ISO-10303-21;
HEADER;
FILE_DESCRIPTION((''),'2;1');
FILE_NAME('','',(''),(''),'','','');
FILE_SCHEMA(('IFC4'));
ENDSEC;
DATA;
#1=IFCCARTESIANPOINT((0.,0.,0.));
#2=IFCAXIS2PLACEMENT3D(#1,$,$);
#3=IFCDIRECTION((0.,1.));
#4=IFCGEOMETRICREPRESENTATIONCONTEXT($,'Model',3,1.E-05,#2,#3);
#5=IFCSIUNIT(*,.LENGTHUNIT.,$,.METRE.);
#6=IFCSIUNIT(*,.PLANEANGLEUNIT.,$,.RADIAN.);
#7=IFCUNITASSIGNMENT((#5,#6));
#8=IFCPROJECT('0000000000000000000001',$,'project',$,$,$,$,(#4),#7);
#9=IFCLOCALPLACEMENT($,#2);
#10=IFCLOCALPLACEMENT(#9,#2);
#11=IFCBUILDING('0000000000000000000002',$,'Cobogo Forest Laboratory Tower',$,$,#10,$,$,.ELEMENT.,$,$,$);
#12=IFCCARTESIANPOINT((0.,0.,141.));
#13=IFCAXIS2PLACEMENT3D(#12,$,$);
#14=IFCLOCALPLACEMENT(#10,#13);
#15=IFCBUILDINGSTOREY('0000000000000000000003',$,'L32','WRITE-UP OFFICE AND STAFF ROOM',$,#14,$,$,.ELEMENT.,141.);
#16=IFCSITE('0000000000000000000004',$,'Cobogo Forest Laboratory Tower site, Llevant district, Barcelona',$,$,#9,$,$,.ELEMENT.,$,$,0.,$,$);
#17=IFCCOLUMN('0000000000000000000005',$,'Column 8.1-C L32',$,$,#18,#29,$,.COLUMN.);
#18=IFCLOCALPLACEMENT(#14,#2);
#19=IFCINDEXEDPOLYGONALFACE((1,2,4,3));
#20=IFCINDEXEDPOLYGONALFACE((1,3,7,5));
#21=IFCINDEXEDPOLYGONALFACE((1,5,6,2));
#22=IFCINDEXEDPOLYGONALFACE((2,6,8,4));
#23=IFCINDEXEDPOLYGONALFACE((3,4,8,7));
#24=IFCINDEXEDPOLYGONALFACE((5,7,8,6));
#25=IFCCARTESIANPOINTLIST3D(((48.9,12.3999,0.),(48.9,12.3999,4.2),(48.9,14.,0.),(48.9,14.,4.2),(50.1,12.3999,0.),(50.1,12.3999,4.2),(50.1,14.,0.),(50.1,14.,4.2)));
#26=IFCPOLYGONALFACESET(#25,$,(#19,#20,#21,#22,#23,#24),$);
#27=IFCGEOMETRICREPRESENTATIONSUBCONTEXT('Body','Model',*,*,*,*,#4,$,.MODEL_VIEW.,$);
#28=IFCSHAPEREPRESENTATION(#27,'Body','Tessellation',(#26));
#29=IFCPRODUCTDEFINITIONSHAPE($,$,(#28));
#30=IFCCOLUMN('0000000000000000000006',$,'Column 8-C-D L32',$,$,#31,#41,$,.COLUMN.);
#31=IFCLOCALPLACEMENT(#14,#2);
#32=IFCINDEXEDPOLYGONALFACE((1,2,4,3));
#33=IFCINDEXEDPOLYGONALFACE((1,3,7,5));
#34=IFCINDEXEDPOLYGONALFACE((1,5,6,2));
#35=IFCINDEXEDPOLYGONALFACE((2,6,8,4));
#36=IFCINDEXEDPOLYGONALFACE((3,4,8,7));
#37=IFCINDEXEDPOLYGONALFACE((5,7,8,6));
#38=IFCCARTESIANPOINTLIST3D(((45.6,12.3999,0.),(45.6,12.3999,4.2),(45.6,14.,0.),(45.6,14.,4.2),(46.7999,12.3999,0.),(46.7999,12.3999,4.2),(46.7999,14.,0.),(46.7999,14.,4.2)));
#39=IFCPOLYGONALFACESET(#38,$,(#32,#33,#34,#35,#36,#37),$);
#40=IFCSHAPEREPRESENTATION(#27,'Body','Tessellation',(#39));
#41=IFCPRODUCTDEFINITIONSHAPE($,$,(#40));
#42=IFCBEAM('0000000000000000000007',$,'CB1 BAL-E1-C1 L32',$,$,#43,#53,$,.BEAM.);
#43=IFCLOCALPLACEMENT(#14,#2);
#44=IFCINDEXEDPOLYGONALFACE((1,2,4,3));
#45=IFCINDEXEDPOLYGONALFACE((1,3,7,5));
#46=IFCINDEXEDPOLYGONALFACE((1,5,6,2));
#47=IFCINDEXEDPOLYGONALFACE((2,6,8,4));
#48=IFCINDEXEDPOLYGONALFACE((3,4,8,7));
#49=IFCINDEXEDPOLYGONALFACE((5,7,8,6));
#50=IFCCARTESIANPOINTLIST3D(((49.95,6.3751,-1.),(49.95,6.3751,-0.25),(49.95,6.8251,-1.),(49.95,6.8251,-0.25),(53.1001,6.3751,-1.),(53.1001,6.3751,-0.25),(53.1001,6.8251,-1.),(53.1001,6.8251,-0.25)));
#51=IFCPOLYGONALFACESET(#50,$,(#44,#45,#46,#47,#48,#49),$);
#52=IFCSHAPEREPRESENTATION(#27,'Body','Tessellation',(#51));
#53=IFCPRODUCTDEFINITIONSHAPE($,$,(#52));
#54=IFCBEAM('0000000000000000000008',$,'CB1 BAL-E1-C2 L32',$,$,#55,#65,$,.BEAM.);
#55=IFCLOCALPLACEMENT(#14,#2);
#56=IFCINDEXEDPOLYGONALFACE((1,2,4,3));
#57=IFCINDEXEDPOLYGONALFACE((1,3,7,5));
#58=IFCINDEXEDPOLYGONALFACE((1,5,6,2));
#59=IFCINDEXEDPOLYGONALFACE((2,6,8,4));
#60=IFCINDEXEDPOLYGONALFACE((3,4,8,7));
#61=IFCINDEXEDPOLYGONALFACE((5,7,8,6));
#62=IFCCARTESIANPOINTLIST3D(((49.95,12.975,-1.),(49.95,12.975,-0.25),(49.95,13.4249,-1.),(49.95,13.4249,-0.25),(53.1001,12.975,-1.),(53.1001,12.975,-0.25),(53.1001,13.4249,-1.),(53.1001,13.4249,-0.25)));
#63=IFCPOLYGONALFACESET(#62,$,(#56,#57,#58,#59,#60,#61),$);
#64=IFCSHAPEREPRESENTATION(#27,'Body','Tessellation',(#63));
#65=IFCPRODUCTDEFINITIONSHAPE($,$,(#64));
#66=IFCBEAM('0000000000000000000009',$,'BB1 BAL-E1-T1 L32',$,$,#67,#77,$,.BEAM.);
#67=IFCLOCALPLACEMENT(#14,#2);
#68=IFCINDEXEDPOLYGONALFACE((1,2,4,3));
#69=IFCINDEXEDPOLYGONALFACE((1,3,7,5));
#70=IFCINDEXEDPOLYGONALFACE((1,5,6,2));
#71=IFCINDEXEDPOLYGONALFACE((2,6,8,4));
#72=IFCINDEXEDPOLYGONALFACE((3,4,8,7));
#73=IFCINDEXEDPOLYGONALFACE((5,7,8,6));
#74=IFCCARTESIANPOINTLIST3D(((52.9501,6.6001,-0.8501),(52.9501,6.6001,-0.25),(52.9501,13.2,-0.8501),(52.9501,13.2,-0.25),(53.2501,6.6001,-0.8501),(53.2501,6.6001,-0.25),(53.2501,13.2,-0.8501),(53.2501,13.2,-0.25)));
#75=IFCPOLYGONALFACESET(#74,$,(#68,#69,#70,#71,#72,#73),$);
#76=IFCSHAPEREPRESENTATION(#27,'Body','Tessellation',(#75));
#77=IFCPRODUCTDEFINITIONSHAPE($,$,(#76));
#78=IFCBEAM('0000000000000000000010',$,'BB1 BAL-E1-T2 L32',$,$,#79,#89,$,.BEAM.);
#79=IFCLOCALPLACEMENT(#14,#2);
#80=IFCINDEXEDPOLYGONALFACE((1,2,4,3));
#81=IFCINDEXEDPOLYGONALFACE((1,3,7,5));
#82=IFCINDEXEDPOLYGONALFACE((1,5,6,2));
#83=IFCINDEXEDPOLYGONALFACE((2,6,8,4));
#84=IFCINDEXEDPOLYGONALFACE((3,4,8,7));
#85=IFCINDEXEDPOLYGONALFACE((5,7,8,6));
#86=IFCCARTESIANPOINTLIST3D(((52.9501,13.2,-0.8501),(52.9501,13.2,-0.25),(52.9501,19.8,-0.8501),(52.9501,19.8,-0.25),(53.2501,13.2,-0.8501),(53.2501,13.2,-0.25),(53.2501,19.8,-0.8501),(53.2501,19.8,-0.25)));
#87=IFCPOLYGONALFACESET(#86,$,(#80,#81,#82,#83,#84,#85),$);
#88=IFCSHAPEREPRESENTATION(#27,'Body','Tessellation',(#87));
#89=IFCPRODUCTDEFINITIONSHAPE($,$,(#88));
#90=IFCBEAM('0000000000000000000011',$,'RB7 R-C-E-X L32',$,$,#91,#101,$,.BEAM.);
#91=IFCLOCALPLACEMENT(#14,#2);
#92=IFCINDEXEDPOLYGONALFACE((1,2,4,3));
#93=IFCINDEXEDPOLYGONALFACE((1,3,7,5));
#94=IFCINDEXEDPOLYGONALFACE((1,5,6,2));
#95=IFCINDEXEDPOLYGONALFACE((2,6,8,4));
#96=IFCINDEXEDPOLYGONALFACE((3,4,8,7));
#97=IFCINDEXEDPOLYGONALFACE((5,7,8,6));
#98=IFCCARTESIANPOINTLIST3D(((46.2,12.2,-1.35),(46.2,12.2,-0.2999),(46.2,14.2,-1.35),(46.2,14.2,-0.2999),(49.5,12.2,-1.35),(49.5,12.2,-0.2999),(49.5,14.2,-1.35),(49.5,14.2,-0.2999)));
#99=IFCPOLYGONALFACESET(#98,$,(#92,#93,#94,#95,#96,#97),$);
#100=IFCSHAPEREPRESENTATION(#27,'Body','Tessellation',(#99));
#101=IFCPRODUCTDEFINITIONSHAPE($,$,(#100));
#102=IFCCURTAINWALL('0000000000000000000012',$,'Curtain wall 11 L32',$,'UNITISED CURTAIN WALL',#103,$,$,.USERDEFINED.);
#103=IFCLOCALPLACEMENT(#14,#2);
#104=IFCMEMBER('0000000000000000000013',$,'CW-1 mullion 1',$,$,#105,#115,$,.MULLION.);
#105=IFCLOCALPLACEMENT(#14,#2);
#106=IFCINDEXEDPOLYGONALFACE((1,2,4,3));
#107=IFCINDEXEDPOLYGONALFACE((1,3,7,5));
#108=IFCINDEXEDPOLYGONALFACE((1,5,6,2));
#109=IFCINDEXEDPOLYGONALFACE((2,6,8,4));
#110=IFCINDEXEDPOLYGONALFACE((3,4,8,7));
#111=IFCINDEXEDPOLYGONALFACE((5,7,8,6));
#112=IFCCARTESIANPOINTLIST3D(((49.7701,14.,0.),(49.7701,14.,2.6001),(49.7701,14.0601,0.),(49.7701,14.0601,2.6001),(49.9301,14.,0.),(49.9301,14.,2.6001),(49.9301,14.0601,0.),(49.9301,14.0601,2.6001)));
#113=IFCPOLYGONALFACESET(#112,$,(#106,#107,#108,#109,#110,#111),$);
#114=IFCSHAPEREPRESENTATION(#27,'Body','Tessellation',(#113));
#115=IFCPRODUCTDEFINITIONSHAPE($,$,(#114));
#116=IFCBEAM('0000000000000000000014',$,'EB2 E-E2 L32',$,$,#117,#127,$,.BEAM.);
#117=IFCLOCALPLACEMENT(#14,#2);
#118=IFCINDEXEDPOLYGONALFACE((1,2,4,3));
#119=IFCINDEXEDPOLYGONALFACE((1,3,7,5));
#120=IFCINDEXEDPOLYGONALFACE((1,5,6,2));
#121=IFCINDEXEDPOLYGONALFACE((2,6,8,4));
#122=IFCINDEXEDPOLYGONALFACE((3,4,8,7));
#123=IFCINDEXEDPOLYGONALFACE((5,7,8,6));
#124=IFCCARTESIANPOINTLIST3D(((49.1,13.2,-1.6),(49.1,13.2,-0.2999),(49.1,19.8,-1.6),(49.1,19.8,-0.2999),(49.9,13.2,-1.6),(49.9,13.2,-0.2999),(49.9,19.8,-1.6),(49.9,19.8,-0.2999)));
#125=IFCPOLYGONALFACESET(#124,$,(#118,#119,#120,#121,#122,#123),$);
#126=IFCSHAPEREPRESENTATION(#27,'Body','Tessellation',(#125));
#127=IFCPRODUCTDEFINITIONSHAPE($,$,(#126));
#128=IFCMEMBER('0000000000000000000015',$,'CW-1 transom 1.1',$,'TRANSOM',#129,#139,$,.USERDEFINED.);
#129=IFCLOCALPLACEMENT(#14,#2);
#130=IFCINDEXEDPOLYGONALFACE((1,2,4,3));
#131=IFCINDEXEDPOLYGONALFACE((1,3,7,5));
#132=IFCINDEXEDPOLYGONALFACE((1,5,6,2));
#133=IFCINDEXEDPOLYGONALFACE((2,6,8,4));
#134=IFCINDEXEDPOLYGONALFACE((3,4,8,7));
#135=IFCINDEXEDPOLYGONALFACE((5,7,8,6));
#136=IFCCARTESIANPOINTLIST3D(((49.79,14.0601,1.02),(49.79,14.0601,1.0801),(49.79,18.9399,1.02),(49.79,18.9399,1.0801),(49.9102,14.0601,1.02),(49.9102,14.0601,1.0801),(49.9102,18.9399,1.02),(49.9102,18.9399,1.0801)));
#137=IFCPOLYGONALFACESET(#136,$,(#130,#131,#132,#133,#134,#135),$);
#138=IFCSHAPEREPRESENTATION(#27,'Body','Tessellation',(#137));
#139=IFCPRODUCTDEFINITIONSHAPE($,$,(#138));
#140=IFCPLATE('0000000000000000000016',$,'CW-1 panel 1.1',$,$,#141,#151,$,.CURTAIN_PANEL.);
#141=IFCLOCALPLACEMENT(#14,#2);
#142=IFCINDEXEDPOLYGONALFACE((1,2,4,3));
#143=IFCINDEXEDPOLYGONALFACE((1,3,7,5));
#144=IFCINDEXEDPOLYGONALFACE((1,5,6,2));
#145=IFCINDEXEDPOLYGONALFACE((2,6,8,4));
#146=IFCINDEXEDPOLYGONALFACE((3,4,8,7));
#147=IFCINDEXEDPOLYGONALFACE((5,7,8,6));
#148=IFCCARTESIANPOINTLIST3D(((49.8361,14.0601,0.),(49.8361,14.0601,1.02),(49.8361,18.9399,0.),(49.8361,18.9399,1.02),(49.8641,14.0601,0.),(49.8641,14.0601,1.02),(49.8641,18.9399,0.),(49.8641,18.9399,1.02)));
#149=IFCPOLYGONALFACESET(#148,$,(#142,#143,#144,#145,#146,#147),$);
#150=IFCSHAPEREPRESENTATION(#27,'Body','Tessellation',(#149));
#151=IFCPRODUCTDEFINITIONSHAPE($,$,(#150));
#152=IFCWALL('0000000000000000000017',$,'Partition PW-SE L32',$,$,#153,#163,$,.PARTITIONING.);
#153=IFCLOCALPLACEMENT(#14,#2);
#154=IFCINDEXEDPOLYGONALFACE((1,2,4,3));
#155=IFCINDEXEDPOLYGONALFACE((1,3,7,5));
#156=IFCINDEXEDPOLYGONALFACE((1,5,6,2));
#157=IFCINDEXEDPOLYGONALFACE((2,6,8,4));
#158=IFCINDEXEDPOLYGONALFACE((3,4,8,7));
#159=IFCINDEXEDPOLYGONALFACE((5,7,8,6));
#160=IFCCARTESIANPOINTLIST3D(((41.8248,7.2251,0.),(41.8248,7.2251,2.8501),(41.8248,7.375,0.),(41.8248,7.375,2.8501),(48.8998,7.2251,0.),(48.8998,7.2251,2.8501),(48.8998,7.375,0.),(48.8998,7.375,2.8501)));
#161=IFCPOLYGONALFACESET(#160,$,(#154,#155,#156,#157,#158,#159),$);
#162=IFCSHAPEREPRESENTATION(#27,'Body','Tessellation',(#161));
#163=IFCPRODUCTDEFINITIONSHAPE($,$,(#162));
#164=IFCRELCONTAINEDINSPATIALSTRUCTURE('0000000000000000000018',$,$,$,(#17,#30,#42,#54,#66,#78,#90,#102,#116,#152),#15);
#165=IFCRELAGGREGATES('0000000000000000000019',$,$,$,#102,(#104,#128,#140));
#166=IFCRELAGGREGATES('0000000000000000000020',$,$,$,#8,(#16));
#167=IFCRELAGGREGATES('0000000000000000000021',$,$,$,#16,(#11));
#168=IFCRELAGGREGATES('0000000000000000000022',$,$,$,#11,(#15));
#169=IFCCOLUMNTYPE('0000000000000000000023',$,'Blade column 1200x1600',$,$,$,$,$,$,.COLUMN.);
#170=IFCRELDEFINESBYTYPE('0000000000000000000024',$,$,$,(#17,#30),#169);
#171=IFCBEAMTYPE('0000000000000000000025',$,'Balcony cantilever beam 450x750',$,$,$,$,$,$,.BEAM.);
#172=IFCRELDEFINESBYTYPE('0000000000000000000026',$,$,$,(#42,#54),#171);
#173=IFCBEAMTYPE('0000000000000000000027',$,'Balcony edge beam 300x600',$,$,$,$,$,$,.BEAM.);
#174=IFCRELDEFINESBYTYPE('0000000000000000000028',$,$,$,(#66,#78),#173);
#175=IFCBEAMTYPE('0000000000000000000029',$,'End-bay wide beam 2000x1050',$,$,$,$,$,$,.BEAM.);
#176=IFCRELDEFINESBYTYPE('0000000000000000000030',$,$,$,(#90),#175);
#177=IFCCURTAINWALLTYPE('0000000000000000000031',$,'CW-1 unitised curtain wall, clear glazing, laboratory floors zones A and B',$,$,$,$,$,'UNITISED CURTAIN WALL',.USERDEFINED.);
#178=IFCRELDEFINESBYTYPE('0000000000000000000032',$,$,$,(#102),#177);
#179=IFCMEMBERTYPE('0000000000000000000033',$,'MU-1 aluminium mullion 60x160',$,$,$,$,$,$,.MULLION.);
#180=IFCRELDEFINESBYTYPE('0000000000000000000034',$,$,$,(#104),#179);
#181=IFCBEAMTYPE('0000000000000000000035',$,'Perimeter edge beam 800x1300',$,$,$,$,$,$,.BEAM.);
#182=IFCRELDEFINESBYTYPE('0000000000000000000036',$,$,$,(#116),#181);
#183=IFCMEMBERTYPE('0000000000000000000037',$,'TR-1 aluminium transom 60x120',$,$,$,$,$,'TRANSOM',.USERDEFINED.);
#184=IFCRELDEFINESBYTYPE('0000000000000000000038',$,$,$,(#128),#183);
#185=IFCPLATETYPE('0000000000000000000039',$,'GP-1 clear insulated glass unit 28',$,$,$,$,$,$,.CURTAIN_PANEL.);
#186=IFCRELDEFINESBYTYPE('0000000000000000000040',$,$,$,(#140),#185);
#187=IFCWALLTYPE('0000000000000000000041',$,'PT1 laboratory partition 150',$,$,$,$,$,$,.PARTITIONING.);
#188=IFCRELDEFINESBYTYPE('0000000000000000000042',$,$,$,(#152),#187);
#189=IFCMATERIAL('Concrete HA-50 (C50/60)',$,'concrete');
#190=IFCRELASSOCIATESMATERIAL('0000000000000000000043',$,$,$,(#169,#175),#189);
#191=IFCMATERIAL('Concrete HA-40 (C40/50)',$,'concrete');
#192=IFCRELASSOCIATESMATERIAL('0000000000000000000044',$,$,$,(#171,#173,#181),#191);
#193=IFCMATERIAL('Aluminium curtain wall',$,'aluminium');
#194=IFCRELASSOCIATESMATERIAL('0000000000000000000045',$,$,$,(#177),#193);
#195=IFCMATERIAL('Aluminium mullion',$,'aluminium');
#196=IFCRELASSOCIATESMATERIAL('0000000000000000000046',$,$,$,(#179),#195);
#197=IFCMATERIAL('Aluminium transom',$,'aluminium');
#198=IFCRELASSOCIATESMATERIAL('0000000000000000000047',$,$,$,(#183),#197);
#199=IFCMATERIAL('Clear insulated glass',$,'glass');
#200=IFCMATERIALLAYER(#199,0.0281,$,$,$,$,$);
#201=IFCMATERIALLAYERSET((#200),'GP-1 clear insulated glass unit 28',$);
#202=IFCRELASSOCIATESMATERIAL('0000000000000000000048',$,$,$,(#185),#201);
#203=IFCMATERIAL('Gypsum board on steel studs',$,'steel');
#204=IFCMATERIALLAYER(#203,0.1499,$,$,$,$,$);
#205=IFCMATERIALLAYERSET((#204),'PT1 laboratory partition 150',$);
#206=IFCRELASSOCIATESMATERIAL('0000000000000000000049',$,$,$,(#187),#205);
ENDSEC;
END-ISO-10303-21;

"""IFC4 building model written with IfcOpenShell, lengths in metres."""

from ifc_helpers import new_model, si_unit, direction, frame, frame_2d, origin, origin_2d, place, context, subcontext, project, spatial, rectangle, extrude, material, layer, layer_set, material_profile, profile_set, type_object, element, aggregate, save


model = new_model("IFC4")

# Units and contexts
model_context = context("Model", 3, precision=1e-05, world=origin(), true_north=direction((0.0, 1.0)))
body_context = subcontext(model_context, "Body", "Model", "MODEL_VIEW")
ifc_project = project(units=[si_unit("LENGTHUNIT", "METRE"), si_unit("PLANEANGLEUNIT", "RADIAN")], contexts=[model_context])

# Site, building, storey
site_placement = place(None, origin())
site = spatial("IfcSite", under=ifc_project, at=site_placement, Name="Cobogo Forest Laboratory Tower site, Llevant district, Barcelona", CompositionType="ELEMENT", RefElevation=0.0)
building_placement = place(site_placement, origin())
building = spatial("IfcBuilding", under=site, at=building_placement, Name="Cobogo Forest Laboratory Tower", CompositionType="ELEMENT")
storey_placement = place(building_placement, frame((0.0, 0.0, 141.0)))
storey = spatial("IfcBuildingStorey", under=building, at=storey_placement, Name="L32", Description="WRITE-UP OFFICE AND STAFF ROOM", CompositionType="ELEMENT", Elevation=141.0)

# Columns
ifc_material_1 = material(Name="Concrete HA-50 (C50/60)", Category="concrete")
ifc_material_profile_1 = material_profile(ifc_material_1, rectangle(XDim=1.6001, YDim=1.2, at=origin_2d()), Name="RC 1200x1600")
ifc_profile_set_1 = profile_set([ifc_material_profile_1], Name="Concrete HA-50 (C50/60)")
column_type = type_object("IfcColumnType", Name="Blade column 1200x1600", PredefinedType="COLUMN", material=ifc_profile_set_1)
for number, where, z_axis, x_axis, name in (
    (1, (49.5, 13.2, 0.0), (0.0, 0.0, 1.0), (0.0, 1.0, 0.0), "Column 8.1-C L32"),
    (2, (46.2, 13.2, 0.0), (0.0, 0.0, 1.0), (0.0, 1.0, 0.0), "Column 8-C-D L32"),
):
    element("IfcColumn", number, at=place(storey_placement, frame(where, z_axis=z_axis, x_axis=x_axis)), inside=storey, type_object=column_type, Name=name, PredefinedType="COLUMN", context=body_context, shape_type="SweptSolid", body=[
        extrude(rectangle(XDim=1.6001, YDim=1.2, at=origin_2d()), origin(), (0.0, 0.0, 1.0), 4.2),
    ])

# Beams
ifc_material_2 = material(Name="Concrete HA-40 (C40/50)", Category="concrete")
ifc_material_profile_2 = material_profile(ifc_material_2, rectangle(XDim=0.45, YDim=0.75, at=origin_2d()), Name="RC 450x750")
ifc_profile_set_2 = profile_set([ifc_material_profile_2], Name="Concrete HA-40 (C40/50)")
beam_type_1 = type_object("IfcBeamType", Name="Balcony cantilever beam 450x750", PredefinedType="BEAM", material=ifc_profile_set_2)
for number, where, z_axis, x_axis, name in (
    (3, (49.95, 6.6001, -0.625), (1.0, 0.0, 0.0), (0.0, 1.0, 0.0), "CB1 BAL-E1-C1 L32"),
    (4, (49.95, 13.2, -0.625), (1.0, 0.0, 0.0), (0.0, 1.0, 0.0), "CB1 BAL-E1-C2 L32"),
):
    element("IfcBeam", number, at=place(storey_placement, frame(where, z_axis=z_axis, x_axis=x_axis)), inside=storey, type_object=beam_type_1, Name=name, PredefinedType="BEAM", context=body_context, shape_type="SweptSolid", body=[
        extrude(rectangle(XDim=0.45, YDim=0.75, at=origin_2d()), origin(), (0.0, 0.0, 1.0), 3.1501),
    ])
ifc_material_profile_3 = material_profile(ifc_material_2, rectangle(XDim=0.3, YDim=0.6001, at=origin_2d()), Name="RC 300x600")
ifc_profile_set_3 = profile_set([ifc_material_profile_3], Name="Concrete HA-40 (C40/50)")
beam_type_2 = type_object("IfcBeamType", Name="Balcony edge beam 300x600", PredefinedType="BEAM", material=ifc_profile_set_3)
beam_1_placement = place(storey_placement, frame((53.1001, 6.6001, -0.55), z_axis=(0.0, 1.0, 0.0), x_axis=(-1.0, 0.0, 0.0)))
element("IfcBeam", 5, at=beam_1_placement, inside=storey, type_object=beam_type_2, Name="BB1 BAL-E1-T1 L32", PredefinedType="BEAM", context=body_context, shape_type="SweptSolid", body=[
    extrude(rectangle(XDim=0.3, YDim=0.6001, at=origin_2d()), origin(), (0.0, 0.0, 1.0), 6.5999),
])
beam_2_placement = place(storey_placement, frame((53.1001, 13.2, -0.55), z_axis=(0.0, 1.0, 0.0), x_axis=(-1.0, 0.0, 0.0)))
element("IfcBeam", 6, at=beam_2_placement, inside=storey, type_object=beam_type_2, Name="BB1 BAL-E1-T2 L32", PredefinedType="BEAM", context=body_context, shape_type="SweptSolid", body=[
    extrude(rectangle(XDim=0.3, YDim=0.6001, at=origin_2d()), origin(), (0.0, 0.0, 1.0), 6.6001),
])
ifc_material_profile_4 = material_profile(ifc_material_1, rectangle(XDim=2.0, YDim=1.05, at=origin_2d()), Name="RC 2000x1050")
ifc_profile_set_4 = profile_set([ifc_material_profile_4], Name="Concrete HA-50 (C50/60)")
beam_type_3 = type_object("IfcBeamType", Name="End-bay wide beam 2000x1050", PredefinedType="BEAM", material=ifc_profile_set_4)
beam_3_placement = place(storey_placement, frame((49.5, 13.2, -0.825), z_axis=(-1.0, 0.0, 0.0), x_axis=(0.0, -1.0, 0.0)))
element("IfcBeam", 7, at=beam_3_placement, inside=storey, type_object=beam_type_3, Name="RB7 R-C-E-X L32", PredefinedType="BEAM", context=body_context, shape_type="SweptSolid", body=[
    extrude(rectangle(XDim=2.0, YDim=1.05, at=origin_2d()), origin(), (0.0, 0.0, 1.0), 3.3),
])

# Curtain wall, member
ifc_material_3 = material(Name="Aluminium curtain wall", Category="aluminium")
curtain_wall_type = type_object("IfcCurtainWallType", Name="CW-1 unitised curtain wall, clear glazing, laboratory floors zones A and B", ElementType="UNITISED CURTAIN WALL", PredefinedType="USERDEFINED", material=ifc_material_3)
curtain_wall_placement = place(storey_placement, origin())
curtain_wall = element("IfcCurtainWall", 8, at=curtain_wall_placement, inside=storey, type_object=curtain_wall_type, Name="Curtain wall 11 L32", ObjectType="UNITISED CURTAIN WALL", PredefinedType="USERDEFINED")
ifc_material_4 = material(Name="Aluminium mullion", Category="aluminium")
ifc_material_profile_5 = material_profile(ifc_material_4, rectangle(XDim=0.0601, YDim=0.1599, at=origin_2d()), Name="AL 60x160")
ifc_profile_set_5 = profile_set([ifc_material_profile_5], Name="Aluminium mullion")
member_type_1 = type_object("IfcMemberType", Name="MU-1 aluminium mullion 60x160", PredefinedType="MULLION", material=ifc_profile_set_5)
member_1_placement = place(storey_placement, frame((49.8501, 14.03, 0.0), z_axis=(0.0, 0.0, 1.0), x_axis=(0.0, 1.0, 0.0)))
member_1 = element("IfcMember", 9, at=member_1_placement, type_object=member_type_1, Name="CW-1 mullion 1", PredefinedType="MULLION", context=body_context, shape_type="SweptSolid", body=[
    extrude(rectangle(XDim=0.0601, YDim=0.1599, at=origin_2d()), origin(), (0.0, 0.0, 1.0), 2.6001),
])

# Beam
ifc_material_profile_6 = material_profile(ifc_material_2, rectangle(XDim=0.8, YDim=1.3, at=origin_2d()), Name="RC 800x1300")
ifc_profile_set_6 = profile_set([ifc_material_profile_6], Name="Concrete HA-40 (C40/50)")
beam_type_4 = type_object("IfcBeamType", Name="Perimeter edge beam 800x1300", PredefinedType="BEAM", material=ifc_profile_set_6)
beam_4_placement = place(storey_placement, frame((49.5, 13.2, -0.95), z_axis=(0.0, 1.0, 0.0), x_axis=(-1.0, 0.0, 0.0)))
element("IfcBeam", 10, at=beam_4_placement, inside=storey, type_object=beam_type_4, Name="EB2 E-E2 L32", PredefinedType="BEAM", context=body_context, shape_type="SweptSolid", body=[
    extrude(rectangle(XDim=0.8, YDim=1.3, at=origin_2d()), origin(), (0.0, 0.0, 1.0), 6.6001),
])

# Member
ifc_material_5 = material(Name="Aluminium transom", Category="aluminium")
ifc_material_profile_7 = material_profile(ifc_material_5, rectangle(XDim=0.1201, YDim=0.0601, at=origin_2d()), Name="AL 60x120")
ifc_profile_set_7 = profile_set([ifc_material_profile_7], Name="Aluminium transom")
member_type_2 = type_object("IfcMemberType", Name="TR-1 aluminium transom 60x120", ElementType="TRANSOM", PredefinedType="USERDEFINED", material=ifc_profile_set_7)
member_2_placement = place(storey_placement, frame((49.8501, 14.0601, 1.05), z_axis=(0.0, 1.0, 0.0), x_axis=(-1.0, 0.0, 0.0)))
member_2 = element("IfcMember", 11, at=member_2_placement, type_object=member_type_2, Name="CW-1 transom 1.1", ObjectType="TRANSOM", PredefinedType="USERDEFINED", context=body_context, shape_type="SweptSolid", body=[
    extrude(rectangle(XDim=0.1201, YDim=0.0601, at=origin_2d()), origin(), (0.0, 0.0, 1.0), 4.8799),
])

# Plate
ifc_material_6 = material(Name="Clear insulated glass", Category="glass")
ifc_layer_1 = layer(ifc_material_6, 0.0281)
ifc_layer_set_1 = layer_set([ifc_layer_1], Name="GP-1 clear insulated glass unit 28")
plate_type = type_object("IfcPlateType", Name="GP-1 clear insulated glass unit 28", PredefinedType="CURTAIN_PANEL", material=ifc_layer_set_1)
plate_placement = place(storey_placement, frame((49.8501, 16.5, 0.0), z_axis=(0.0, 0.0, 1.0), x_axis=(0.0, 1.0, 0.0)))
plate = element("IfcPlate", 12, at=plate_placement, type_object=plate_type, Name="CW-1 panel 1.1", PredefinedType="CURTAIN_PANEL", context=body_context, shape_type="SweptSolid", body=[
    extrude(rectangle(XDim=4.8799, YDim=0.0281, at=origin_2d()), origin(), (0.0, 0.0, 1.0), 1.02),
])
aggregate(curtain_wall, [member_1, member_2, plate])

# Wall
ifc_material_7 = material(Name="Gypsum board on steel studs", Category="steel")
ifc_layer_2 = layer(ifc_material_7, 0.1499)
ifc_layer_set_2 = layer_set([ifc_layer_2], Name="PT1 laboratory partition 150")
wall_type_1 = type_object("IfcWallType", Name="PT1 laboratory partition 150", PredefinedType="PARTITIONING", material=ifc_layer_set_2)
wall_1_placement = place(storey_placement, frame((48.8999, 7.3, 0.0), z_axis=(0.0, 0.0, 1.0), x_axis=(-1.0, 0.0, 0.0)))
element("IfcWall", 13, at=wall_1_placement, inside=storey, type_object=wall_type_1, Name="Partition PW-SE L32", PredefinedType="PARTITIONING", context=body_context, shape_type="SweptSolid", body=[
    extrude(rectangle(XDim=7.075, YDim=0.1499, at=frame_2d((3.5376, 0.0))), origin(), (0.0, 0.0, 1.0), 2.8501),
])

save(model, "model.ifc")
